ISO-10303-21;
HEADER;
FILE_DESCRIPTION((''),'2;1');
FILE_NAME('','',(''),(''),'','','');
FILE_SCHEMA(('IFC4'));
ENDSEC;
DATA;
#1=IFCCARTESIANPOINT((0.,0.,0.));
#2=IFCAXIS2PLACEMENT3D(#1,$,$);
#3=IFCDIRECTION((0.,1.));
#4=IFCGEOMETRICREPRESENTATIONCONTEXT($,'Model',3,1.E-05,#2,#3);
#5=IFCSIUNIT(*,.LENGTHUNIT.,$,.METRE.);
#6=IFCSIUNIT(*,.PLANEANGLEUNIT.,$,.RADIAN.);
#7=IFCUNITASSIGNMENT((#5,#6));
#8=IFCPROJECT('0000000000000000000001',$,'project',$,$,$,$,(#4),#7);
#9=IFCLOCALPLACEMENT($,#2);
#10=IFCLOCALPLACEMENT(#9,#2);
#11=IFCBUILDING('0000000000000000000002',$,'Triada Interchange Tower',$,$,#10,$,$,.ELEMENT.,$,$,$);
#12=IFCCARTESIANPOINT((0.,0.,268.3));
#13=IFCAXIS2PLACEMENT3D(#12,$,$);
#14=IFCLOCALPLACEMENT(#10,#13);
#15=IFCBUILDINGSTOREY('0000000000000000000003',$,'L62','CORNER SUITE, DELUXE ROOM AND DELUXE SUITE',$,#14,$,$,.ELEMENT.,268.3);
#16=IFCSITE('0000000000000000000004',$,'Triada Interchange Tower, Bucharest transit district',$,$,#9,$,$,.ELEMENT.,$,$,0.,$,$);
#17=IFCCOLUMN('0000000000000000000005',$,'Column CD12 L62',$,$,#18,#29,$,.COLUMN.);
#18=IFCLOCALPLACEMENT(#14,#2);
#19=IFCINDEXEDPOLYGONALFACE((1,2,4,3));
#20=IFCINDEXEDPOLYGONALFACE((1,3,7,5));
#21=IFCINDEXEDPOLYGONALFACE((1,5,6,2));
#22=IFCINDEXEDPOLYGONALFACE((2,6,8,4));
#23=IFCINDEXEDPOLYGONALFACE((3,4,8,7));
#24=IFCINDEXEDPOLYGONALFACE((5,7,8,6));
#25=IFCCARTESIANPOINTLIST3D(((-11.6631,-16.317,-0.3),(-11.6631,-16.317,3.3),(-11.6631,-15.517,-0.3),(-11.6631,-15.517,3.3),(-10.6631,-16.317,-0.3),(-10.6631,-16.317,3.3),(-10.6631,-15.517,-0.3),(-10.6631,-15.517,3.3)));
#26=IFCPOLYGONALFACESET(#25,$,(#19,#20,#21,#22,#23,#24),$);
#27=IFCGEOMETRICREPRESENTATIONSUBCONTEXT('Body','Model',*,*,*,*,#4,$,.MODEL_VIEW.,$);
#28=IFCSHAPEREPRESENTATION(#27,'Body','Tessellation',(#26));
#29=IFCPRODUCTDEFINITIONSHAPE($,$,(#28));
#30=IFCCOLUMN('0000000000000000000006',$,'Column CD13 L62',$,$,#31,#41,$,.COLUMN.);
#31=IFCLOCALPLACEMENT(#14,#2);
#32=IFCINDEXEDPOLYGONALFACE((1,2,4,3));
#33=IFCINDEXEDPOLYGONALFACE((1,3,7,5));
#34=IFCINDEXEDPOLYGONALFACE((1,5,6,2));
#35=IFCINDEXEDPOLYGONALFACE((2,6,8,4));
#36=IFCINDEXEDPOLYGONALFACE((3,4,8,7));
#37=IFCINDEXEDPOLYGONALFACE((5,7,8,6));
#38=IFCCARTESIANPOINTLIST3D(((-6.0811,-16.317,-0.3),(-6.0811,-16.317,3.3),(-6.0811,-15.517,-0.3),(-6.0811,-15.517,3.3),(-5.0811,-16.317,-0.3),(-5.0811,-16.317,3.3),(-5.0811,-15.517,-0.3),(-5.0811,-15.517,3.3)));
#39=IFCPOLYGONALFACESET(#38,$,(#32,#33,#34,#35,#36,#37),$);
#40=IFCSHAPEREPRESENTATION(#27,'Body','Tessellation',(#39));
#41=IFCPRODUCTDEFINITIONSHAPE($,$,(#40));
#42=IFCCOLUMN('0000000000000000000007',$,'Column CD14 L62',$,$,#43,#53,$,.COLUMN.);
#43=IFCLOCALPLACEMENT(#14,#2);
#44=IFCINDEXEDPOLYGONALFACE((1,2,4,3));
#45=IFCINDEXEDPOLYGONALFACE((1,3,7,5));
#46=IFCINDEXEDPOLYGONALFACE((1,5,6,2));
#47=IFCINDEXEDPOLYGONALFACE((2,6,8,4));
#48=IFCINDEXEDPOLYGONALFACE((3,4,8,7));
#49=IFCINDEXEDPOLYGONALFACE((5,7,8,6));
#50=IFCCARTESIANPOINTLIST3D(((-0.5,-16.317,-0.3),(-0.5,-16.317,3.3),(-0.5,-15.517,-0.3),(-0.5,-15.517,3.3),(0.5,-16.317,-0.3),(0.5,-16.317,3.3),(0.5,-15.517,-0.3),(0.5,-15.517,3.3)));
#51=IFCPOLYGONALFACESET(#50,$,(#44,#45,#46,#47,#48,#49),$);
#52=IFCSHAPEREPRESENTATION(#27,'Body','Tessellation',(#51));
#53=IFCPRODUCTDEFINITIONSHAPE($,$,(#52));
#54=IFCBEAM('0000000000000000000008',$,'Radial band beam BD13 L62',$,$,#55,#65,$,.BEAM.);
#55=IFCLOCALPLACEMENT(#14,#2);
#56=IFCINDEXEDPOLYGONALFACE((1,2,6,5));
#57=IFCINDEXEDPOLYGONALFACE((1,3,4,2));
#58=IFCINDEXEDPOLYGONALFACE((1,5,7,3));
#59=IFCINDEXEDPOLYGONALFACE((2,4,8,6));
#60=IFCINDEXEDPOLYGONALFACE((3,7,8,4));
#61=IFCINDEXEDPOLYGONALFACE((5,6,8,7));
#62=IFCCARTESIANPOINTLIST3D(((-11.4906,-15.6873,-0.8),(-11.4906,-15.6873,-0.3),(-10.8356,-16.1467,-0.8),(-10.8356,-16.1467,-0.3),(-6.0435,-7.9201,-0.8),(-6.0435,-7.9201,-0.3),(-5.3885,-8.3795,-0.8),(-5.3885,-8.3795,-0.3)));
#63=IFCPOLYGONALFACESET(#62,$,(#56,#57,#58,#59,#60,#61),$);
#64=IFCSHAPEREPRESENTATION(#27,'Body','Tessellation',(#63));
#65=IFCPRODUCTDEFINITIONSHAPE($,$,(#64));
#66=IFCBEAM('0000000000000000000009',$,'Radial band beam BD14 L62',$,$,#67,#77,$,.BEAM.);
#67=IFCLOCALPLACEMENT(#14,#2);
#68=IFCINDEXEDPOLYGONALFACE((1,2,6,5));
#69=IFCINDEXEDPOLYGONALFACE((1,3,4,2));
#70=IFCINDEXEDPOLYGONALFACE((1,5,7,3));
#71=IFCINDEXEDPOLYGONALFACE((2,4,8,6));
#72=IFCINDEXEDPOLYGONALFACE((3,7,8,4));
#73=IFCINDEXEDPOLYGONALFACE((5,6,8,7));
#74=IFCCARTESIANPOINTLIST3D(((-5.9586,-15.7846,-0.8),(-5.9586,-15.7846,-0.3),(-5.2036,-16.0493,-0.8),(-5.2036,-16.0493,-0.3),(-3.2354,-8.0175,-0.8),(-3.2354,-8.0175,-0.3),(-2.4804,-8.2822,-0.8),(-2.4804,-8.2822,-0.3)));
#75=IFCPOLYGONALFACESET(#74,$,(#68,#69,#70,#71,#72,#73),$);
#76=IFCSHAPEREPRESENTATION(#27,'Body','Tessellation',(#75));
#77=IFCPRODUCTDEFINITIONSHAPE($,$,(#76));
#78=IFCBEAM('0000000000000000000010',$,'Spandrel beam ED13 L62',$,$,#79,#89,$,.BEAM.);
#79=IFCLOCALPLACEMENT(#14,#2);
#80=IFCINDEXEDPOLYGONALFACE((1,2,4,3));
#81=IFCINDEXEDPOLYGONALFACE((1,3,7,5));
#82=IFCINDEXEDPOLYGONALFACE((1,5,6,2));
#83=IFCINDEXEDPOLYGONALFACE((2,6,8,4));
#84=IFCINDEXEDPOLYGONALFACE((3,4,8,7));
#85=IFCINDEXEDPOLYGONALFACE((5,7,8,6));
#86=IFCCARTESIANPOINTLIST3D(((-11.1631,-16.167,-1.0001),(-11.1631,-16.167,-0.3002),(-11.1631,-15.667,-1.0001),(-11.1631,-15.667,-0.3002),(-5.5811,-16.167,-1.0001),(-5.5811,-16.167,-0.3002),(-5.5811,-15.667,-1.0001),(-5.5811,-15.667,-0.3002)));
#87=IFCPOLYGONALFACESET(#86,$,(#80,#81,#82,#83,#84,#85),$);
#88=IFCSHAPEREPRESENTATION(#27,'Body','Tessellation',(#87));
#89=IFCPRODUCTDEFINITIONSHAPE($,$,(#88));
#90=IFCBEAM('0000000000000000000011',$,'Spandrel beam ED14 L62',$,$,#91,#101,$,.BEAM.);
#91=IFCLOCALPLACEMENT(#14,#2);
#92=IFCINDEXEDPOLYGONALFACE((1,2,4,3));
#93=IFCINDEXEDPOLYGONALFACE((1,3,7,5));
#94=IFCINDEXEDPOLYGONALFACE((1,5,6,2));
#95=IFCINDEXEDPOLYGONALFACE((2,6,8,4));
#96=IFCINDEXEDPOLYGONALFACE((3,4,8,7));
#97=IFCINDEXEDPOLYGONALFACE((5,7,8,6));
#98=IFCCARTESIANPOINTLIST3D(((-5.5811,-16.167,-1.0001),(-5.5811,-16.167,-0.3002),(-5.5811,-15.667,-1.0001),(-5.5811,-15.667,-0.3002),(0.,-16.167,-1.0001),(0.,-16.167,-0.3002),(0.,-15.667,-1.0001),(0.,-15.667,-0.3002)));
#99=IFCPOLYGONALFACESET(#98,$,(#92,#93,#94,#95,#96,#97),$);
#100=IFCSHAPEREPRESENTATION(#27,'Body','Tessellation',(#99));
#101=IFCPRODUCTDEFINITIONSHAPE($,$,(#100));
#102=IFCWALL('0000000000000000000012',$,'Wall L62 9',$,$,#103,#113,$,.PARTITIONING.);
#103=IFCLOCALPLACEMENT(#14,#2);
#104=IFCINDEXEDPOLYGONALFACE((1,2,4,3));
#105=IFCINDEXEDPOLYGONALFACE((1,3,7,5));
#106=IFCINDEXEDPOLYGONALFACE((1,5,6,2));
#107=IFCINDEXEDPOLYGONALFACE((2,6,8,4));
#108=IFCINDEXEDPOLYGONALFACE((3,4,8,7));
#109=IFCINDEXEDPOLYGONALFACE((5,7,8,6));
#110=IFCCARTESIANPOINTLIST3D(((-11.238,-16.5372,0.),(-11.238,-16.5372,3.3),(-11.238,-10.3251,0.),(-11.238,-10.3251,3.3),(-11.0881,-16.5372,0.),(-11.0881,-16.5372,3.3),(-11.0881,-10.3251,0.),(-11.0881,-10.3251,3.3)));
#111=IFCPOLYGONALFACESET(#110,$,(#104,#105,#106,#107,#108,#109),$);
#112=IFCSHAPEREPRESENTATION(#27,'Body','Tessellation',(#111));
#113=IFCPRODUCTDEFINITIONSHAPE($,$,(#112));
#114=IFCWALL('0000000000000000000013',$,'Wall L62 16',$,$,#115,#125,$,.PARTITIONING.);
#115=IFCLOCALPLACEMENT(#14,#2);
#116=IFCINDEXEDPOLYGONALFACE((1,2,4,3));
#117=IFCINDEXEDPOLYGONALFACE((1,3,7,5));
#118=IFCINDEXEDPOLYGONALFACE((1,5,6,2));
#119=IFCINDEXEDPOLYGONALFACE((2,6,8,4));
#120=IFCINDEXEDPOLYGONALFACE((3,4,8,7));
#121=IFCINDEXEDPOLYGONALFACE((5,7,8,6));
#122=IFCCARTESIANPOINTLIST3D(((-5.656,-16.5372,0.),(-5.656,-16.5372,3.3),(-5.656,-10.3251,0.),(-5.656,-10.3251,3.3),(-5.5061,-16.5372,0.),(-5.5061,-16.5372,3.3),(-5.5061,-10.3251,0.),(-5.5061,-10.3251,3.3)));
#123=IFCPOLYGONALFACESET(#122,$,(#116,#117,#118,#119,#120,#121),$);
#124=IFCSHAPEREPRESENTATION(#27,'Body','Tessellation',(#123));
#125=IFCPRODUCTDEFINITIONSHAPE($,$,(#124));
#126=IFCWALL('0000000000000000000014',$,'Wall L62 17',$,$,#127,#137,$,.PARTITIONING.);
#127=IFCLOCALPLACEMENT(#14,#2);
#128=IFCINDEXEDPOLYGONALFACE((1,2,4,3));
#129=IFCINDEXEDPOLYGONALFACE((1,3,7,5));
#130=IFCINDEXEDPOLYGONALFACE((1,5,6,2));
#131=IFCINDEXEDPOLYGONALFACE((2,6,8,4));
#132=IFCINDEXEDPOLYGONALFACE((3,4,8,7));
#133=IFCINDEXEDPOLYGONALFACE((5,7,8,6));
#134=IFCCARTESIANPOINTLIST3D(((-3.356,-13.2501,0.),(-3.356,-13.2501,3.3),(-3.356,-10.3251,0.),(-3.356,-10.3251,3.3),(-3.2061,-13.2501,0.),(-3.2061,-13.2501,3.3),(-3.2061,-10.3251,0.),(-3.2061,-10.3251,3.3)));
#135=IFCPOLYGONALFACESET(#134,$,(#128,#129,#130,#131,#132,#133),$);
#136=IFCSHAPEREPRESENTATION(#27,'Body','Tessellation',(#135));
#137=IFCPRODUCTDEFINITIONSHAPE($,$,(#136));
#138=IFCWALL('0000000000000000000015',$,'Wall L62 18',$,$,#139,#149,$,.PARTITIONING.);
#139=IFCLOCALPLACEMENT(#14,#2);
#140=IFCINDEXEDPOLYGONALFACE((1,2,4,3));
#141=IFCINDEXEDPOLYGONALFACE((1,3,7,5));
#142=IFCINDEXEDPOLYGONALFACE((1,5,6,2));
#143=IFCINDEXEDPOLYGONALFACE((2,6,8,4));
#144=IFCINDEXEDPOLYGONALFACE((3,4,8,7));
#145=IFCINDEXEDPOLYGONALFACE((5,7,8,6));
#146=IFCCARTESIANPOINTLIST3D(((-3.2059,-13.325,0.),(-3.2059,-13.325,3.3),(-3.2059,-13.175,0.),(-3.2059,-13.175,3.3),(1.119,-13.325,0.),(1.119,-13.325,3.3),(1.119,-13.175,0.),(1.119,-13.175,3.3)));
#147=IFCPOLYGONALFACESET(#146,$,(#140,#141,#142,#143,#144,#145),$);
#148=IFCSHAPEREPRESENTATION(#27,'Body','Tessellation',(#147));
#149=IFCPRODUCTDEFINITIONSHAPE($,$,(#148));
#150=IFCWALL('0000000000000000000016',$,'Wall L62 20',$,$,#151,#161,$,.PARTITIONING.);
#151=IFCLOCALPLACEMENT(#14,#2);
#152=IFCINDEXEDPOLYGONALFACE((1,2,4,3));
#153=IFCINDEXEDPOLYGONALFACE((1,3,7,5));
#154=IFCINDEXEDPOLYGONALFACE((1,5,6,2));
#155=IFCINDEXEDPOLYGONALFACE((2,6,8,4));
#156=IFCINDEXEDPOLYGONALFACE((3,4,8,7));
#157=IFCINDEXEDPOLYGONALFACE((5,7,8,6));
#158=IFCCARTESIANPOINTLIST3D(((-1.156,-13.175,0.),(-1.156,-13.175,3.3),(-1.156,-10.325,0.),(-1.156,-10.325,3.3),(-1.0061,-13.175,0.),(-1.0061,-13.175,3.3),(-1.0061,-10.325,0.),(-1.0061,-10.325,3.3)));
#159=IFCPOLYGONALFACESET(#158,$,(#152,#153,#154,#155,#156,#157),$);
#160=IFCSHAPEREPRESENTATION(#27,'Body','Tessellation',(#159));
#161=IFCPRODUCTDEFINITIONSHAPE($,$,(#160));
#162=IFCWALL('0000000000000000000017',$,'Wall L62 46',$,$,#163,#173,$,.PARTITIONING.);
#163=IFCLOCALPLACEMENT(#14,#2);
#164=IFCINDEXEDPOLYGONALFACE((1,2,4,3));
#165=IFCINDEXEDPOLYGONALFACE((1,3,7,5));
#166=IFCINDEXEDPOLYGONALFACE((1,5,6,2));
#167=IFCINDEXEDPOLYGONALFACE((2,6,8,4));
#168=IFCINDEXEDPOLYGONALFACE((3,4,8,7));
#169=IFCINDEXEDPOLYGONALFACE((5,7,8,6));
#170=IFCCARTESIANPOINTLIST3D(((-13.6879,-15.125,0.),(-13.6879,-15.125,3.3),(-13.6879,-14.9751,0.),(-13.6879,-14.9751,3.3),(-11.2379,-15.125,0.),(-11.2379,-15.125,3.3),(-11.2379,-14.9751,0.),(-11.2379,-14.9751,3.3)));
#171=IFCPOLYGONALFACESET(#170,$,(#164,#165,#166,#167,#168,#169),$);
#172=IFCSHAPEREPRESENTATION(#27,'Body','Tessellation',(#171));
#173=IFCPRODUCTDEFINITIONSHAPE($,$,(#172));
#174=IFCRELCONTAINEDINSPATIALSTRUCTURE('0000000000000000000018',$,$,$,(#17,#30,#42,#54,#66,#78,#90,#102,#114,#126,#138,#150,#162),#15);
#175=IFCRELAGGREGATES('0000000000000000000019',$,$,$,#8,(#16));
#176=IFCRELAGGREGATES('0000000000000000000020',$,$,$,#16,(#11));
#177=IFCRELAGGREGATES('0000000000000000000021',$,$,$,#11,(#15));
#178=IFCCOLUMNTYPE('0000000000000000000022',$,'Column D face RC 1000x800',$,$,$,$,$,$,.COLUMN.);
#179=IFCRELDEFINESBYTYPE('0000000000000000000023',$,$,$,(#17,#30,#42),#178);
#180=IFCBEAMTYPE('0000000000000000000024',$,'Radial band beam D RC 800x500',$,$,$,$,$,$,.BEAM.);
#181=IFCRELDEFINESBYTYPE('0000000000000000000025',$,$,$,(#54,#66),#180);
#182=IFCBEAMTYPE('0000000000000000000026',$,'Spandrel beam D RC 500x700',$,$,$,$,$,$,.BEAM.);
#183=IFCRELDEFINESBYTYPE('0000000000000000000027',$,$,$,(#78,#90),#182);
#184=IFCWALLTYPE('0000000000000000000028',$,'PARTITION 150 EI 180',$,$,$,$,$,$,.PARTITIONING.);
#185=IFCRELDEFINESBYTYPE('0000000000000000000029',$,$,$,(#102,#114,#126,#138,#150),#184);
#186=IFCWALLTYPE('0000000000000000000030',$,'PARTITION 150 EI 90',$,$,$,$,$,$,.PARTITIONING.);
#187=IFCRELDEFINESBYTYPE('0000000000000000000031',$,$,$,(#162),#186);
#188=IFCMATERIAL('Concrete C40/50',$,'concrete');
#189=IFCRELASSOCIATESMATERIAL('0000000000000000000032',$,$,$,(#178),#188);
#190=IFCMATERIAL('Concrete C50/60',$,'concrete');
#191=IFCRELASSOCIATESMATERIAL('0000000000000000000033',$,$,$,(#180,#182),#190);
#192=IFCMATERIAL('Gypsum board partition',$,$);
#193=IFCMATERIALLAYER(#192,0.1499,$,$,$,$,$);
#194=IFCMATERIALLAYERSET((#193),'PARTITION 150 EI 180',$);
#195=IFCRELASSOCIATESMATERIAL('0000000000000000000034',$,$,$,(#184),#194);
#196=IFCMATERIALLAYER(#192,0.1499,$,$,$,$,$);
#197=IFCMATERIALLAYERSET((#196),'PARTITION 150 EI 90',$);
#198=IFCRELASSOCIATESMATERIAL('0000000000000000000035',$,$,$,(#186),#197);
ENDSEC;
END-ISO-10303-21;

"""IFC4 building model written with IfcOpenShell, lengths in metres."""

from ifc_helpers import new_model, si_unit, direction, frame, frame_2d, origin, origin_2d, place, context, subcontext, project, spatial, rectangle, extrude, material, layer, layer_set, material_profile, profile_set, type_object, element, save


model = new_model("IFC4")

# Units and contexts
model_context = context("Model", 3, precision=1e-05, world=origin(), true_north=direction((0.0, 1.0)))
body_context = subcontext(model_context, "Body", "Model", "MODEL_VIEW")
ifc_project = project(units=[si_unit("LENGTHUNIT", "METRE"), si_unit("PLANEANGLEUNIT", "RADIAN")], contexts=[model_context])

# Site, building, storey
site_placement = place(None, origin())
site = spatial("IfcSite", under=ifc_project, at=site_placement, Name="Triada Interchange Tower, Bucharest transit district", CompositionType="ELEMENT", RefElevation=0.0)
building_placement = place(site_placement, origin())
building = spatial("IfcBuilding", under=site, at=building_placement, Name="Triada Interchange Tower", CompositionType="ELEMENT")
storey_placement = place(building_placement, frame((0.0, 0.0, 268.3)))
storey = spatial("IfcBuildingStorey", under=building, at=storey_placement, Name="L62", Description="CORNER SUITE, DELUXE ROOM AND DELUXE SUITE", CompositionType="ELEMENT", Elevation=268.3)

# Columns
ifc_material_1 = material(Name="Concrete C40/50", Category="concrete")
ifc_material_profile_1 = material_profile(ifc_material_1, rectangle(XDim=1.0, YDim=0.8, at=origin_2d()), Name="RC 1000x800")
ifc_profile_set_1 = profile_set([ifc_material_profile_1], Name="Concrete C40/50")
column_type = type_object("IfcColumnType", Name="Column D face RC 1000x800", PredefinedType="COLUMN", material=ifc_profile_set_1)
for number, where, z_axis, x_axis, name in (
    (1, (-11.1631, -15.917, -0.3), (0.0, 0.0, 1.0), (1.0, 0.0, 0.0), "Column CD12 L62"),
    (2, (-5.5811, -15.917, -0.3), (0.0, 0.0, 1.0), (1.0, 0.0, 0.0), "Column CD13 L62"),
    (3, (0.0, -15.917, -0.3), (0.0, 0.0, 1.0), (1.0, 0.0, 0.0), "Column CD14 L62"),
):
    element("IfcColumn", number, at=place(storey_placement, frame(where, z_axis=z_axis, x_axis=x_axis)), inside=storey, type_object=column_type, Name=name, PredefinedType="COLUMN", context=body_context, shape_type="SweptSolid", body=[
        extrude(rectangle(XDim=1.0, YDim=0.8, at=origin_2d()), origin(), (0.0, 0.0, 1.0), 3.6001),
    ])

# Beams
ifc_material_2 = material(Name="Concrete C50/60", Category="concrete")
ifc_material_profile_2 = material_profile(ifc_material_2, rectangle(XDim=0.8, YDim=0.5, at=origin_2d()), Name="RC 800x500")
ifc_profile_set_2 = profile_set([ifc_material_profile_2], Name="Concrete C50/60")
beam_type_1 = type_object("IfcBeamType", Name="Radial band beam D RC 800x500", PredefinedType="BEAM", material=ifc_profile_set_2)
beam_1_placement = place(storey_placement, frame((-11.1631, -15.917, -0.55), z_axis=(0.574174, 0.818733, 0.0), x_axis=(-0.818733, 0.574174, 0.0)))
element("IfcBeam", 4, at=beam_1_placement, inside=storey, type_object=beam_type_1, Name="Radial band beam BD13 L62", PredefinedType="BEAM", context=body_context, shape_type="SweptSolid", body=[
    extrude(rectangle(XDim=0.8, YDim=0.5, at=origin_2d()), origin(), (0.0, 0.0, 1.0), 9.4868),
])
beam_2_placement = place(storey_placement, frame((-5.5811, -15.917, -0.55), z_axis=(0.330855, 0.943682, 0.0), x_axis=(-0.943682, 0.330855, 0.0)))
element("IfcBeam", 5, at=beam_2_placement, inside=storey, type_object=beam_type_1, Name="Radial band beam BD14 L62", PredefinedType="BEAM", context=body_context, shape_type="SweptSolid", body=[
    extrude(rectangle(XDim=0.8, YDim=0.5, at=origin_2d()), origin(), (0.0, 0.0, 1.0), 8.2307),
])
ifc_material_profile_3 = material_profile(ifc_material_2, rectangle(XDim=0.5, YDim=0.7, at=origin_2d()), Name="RC 500x700")
ifc_profile_set_3 = profile_set([ifc_material_profile_3], Name="Concrete C50/60")
beam_type_2 = type_object("IfcBeamType", Name="Spandrel beam D RC 500x700", PredefinedType="BEAM", material=ifc_profile_set_3)
beam_3_placement = place(storey_placement, frame((-11.1631, -15.917, -0.6501), z_axis=(1.0, 0.0, 0.0), x_axis=(0.0, 1.0, 0.0)))
element("IfcBeam", 6, at=beam_3_placement, inside=storey, type_object=beam_type_2, Name="Spandrel beam ED13 L62", PredefinedType="BEAM", context=body_context, shape_type="SweptSolid", body=[
    extrude(rectangle(XDim=0.5, YDim=0.7, at=origin_2d()), origin(), (0.0, 0.0, 1.0), 5.582),
])
beam_4_placement = place(storey_placement, frame((-5.5811, -15.917, -0.6501), z_axis=(1.0, 0.0, 0.0), x_axis=(0.0, 1.0, 0.0)))
element("IfcBeam", 7, at=beam_4_placement, inside=storey, type_object=beam_type_2, Name="Spandrel beam ED14 L62", PredefinedType="BEAM", context=body_context, shape_type="SweptSolid", body=[
    extrude(rectangle(XDim=0.5, YDim=0.7, at=origin_2d()), origin(), (0.0, 0.0, 1.0), 5.5811),
])

# Walls
ifc_material_3 = material(Name="Gypsum board partition")
ifc_layer_1 = layer(ifc_material_3, 0.1499)
ifc_layer_set_1 = layer_set([ifc_layer_1], Name="PARTITION 150 EI 180")
wall_type_1 = type_object("IfcWallType", Name="PARTITION 150 EI 180", PredefinedType="PARTITIONING", material=ifc_layer_set_1)
for number, where, z_axis, x_axis, name in (
    (8, (-11.1631, -16.5371, 0.0), (0.0, 0.0, 1.0), (0.0, 1.0, 0.0), "Wall L62 9"),
    (9, (-5.5811, -16.5371, 0.0), (0.0, 0.0, 1.0), (0.0, 1.0, 0.0), "Wall L62 16"),
):
    element("IfcWall", number, at=place(storey_placement, frame(where, z_axis=z_axis, x_axis=x_axis)), inside=storey, type_object=wall_type_1, Name=name, PredefinedType="PARTITIONING", context=body_context, shape_type="SweptSolid", body=[
        extrude(rectangle(XDim=6.2122, YDim=0.1499, at=frame_2d((3.106, 0.0))), origin(), (0.0, 0.0, 1.0), 3.3),
    ])
wall_1_placement = place(storey_placement, frame((-3.281, -13.25, 0.0), z_axis=(0.0, 0.0, 1.0), x_axis=(0.0, 1.0, 0.0)))
element("IfcWall", 10, at=wall_1_placement, inside=storey, type_object=wall_type_1, Name="Wall L62 17", PredefinedType="PARTITIONING", context=body_context, shape_type="SweptSolid", body=[
    extrude(rectangle(XDim=2.925, YDim=0.1499, at=frame_2d((1.4624, 0.0))), origin(), (0.0, 0.0, 1.0), 3.3),
])
wall_2_placement = place(storey_placement, frame((-3.2061, -13.25, 0.0), z_axis=(0.0, 0.0, 1.0), x_axis=(1.0, 0.0, 0.0)))
element("IfcWall", 11, at=wall_2_placement, inside=storey, type_object=wall_type_1, Name="Wall L62 18", PredefinedType="PARTITIONING", context=body_context, shape_type="SweptSolid", body=[
    extrude(rectangle(XDim=4.325, YDim=0.1499, at=frame_2d((2.1626, 0.0))), origin(), (0.0, 0.0, 1.0), 3.3),
])
wall_3_placement = place(storey_placement, frame((-1.0811, -13.175, 0.0), z_axis=(0.0, 0.0, 1.0), x_axis=(0.0, 1.0, 0.0)))
element("IfcWall", 12, at=wall_3_placement, inside=storey, type_object=wall_type_1, Name="Wall L62 20", PredefinedType="PARTITIONING", context=body_context, shape_type="SweptSolid", body=[
    extrude(rectangle(XDim=2.8501, YDim=0.1499, at=frame_2d((1.425, 0.0))), origin(), (0.0, 0.0, 1.0), 3.3),
])
ifc_layer_2 = layer(ifc_material_3, 0.1499)
ifc_layer_set_2 = layer_set([ifc_layer_2], Name="PARTITION 150 EI 90")
wall_type_2 = type_object("IfcWallType", Name="PARTITION 150 EI 90", PredefinedType="PARTITIONING", material=ifc_layer_set_2)
wall_4_placement = place(storey_placement, frame((-13.688, -15.05, 0.0), z_axis=(0.0, 0.0, 1.0), x_axis=(1.0, 0.0, 0.0)))
element("IfcWall", 13, at=wall_4_placement, inside=storey, type_object=wall_type_2, Name="Wall L62 46", PredefinedType="PARTITIONING", context=body_context, shape_type="SweptSolid", body=[
    extrude(rectangle(XDim=2.45, YDim=0.1499, at=frame_2d((1.2251, 0.0))), origin(), (0.0, 0.0, 1.0), 3.3),
])

save(model, "model.ifc")
